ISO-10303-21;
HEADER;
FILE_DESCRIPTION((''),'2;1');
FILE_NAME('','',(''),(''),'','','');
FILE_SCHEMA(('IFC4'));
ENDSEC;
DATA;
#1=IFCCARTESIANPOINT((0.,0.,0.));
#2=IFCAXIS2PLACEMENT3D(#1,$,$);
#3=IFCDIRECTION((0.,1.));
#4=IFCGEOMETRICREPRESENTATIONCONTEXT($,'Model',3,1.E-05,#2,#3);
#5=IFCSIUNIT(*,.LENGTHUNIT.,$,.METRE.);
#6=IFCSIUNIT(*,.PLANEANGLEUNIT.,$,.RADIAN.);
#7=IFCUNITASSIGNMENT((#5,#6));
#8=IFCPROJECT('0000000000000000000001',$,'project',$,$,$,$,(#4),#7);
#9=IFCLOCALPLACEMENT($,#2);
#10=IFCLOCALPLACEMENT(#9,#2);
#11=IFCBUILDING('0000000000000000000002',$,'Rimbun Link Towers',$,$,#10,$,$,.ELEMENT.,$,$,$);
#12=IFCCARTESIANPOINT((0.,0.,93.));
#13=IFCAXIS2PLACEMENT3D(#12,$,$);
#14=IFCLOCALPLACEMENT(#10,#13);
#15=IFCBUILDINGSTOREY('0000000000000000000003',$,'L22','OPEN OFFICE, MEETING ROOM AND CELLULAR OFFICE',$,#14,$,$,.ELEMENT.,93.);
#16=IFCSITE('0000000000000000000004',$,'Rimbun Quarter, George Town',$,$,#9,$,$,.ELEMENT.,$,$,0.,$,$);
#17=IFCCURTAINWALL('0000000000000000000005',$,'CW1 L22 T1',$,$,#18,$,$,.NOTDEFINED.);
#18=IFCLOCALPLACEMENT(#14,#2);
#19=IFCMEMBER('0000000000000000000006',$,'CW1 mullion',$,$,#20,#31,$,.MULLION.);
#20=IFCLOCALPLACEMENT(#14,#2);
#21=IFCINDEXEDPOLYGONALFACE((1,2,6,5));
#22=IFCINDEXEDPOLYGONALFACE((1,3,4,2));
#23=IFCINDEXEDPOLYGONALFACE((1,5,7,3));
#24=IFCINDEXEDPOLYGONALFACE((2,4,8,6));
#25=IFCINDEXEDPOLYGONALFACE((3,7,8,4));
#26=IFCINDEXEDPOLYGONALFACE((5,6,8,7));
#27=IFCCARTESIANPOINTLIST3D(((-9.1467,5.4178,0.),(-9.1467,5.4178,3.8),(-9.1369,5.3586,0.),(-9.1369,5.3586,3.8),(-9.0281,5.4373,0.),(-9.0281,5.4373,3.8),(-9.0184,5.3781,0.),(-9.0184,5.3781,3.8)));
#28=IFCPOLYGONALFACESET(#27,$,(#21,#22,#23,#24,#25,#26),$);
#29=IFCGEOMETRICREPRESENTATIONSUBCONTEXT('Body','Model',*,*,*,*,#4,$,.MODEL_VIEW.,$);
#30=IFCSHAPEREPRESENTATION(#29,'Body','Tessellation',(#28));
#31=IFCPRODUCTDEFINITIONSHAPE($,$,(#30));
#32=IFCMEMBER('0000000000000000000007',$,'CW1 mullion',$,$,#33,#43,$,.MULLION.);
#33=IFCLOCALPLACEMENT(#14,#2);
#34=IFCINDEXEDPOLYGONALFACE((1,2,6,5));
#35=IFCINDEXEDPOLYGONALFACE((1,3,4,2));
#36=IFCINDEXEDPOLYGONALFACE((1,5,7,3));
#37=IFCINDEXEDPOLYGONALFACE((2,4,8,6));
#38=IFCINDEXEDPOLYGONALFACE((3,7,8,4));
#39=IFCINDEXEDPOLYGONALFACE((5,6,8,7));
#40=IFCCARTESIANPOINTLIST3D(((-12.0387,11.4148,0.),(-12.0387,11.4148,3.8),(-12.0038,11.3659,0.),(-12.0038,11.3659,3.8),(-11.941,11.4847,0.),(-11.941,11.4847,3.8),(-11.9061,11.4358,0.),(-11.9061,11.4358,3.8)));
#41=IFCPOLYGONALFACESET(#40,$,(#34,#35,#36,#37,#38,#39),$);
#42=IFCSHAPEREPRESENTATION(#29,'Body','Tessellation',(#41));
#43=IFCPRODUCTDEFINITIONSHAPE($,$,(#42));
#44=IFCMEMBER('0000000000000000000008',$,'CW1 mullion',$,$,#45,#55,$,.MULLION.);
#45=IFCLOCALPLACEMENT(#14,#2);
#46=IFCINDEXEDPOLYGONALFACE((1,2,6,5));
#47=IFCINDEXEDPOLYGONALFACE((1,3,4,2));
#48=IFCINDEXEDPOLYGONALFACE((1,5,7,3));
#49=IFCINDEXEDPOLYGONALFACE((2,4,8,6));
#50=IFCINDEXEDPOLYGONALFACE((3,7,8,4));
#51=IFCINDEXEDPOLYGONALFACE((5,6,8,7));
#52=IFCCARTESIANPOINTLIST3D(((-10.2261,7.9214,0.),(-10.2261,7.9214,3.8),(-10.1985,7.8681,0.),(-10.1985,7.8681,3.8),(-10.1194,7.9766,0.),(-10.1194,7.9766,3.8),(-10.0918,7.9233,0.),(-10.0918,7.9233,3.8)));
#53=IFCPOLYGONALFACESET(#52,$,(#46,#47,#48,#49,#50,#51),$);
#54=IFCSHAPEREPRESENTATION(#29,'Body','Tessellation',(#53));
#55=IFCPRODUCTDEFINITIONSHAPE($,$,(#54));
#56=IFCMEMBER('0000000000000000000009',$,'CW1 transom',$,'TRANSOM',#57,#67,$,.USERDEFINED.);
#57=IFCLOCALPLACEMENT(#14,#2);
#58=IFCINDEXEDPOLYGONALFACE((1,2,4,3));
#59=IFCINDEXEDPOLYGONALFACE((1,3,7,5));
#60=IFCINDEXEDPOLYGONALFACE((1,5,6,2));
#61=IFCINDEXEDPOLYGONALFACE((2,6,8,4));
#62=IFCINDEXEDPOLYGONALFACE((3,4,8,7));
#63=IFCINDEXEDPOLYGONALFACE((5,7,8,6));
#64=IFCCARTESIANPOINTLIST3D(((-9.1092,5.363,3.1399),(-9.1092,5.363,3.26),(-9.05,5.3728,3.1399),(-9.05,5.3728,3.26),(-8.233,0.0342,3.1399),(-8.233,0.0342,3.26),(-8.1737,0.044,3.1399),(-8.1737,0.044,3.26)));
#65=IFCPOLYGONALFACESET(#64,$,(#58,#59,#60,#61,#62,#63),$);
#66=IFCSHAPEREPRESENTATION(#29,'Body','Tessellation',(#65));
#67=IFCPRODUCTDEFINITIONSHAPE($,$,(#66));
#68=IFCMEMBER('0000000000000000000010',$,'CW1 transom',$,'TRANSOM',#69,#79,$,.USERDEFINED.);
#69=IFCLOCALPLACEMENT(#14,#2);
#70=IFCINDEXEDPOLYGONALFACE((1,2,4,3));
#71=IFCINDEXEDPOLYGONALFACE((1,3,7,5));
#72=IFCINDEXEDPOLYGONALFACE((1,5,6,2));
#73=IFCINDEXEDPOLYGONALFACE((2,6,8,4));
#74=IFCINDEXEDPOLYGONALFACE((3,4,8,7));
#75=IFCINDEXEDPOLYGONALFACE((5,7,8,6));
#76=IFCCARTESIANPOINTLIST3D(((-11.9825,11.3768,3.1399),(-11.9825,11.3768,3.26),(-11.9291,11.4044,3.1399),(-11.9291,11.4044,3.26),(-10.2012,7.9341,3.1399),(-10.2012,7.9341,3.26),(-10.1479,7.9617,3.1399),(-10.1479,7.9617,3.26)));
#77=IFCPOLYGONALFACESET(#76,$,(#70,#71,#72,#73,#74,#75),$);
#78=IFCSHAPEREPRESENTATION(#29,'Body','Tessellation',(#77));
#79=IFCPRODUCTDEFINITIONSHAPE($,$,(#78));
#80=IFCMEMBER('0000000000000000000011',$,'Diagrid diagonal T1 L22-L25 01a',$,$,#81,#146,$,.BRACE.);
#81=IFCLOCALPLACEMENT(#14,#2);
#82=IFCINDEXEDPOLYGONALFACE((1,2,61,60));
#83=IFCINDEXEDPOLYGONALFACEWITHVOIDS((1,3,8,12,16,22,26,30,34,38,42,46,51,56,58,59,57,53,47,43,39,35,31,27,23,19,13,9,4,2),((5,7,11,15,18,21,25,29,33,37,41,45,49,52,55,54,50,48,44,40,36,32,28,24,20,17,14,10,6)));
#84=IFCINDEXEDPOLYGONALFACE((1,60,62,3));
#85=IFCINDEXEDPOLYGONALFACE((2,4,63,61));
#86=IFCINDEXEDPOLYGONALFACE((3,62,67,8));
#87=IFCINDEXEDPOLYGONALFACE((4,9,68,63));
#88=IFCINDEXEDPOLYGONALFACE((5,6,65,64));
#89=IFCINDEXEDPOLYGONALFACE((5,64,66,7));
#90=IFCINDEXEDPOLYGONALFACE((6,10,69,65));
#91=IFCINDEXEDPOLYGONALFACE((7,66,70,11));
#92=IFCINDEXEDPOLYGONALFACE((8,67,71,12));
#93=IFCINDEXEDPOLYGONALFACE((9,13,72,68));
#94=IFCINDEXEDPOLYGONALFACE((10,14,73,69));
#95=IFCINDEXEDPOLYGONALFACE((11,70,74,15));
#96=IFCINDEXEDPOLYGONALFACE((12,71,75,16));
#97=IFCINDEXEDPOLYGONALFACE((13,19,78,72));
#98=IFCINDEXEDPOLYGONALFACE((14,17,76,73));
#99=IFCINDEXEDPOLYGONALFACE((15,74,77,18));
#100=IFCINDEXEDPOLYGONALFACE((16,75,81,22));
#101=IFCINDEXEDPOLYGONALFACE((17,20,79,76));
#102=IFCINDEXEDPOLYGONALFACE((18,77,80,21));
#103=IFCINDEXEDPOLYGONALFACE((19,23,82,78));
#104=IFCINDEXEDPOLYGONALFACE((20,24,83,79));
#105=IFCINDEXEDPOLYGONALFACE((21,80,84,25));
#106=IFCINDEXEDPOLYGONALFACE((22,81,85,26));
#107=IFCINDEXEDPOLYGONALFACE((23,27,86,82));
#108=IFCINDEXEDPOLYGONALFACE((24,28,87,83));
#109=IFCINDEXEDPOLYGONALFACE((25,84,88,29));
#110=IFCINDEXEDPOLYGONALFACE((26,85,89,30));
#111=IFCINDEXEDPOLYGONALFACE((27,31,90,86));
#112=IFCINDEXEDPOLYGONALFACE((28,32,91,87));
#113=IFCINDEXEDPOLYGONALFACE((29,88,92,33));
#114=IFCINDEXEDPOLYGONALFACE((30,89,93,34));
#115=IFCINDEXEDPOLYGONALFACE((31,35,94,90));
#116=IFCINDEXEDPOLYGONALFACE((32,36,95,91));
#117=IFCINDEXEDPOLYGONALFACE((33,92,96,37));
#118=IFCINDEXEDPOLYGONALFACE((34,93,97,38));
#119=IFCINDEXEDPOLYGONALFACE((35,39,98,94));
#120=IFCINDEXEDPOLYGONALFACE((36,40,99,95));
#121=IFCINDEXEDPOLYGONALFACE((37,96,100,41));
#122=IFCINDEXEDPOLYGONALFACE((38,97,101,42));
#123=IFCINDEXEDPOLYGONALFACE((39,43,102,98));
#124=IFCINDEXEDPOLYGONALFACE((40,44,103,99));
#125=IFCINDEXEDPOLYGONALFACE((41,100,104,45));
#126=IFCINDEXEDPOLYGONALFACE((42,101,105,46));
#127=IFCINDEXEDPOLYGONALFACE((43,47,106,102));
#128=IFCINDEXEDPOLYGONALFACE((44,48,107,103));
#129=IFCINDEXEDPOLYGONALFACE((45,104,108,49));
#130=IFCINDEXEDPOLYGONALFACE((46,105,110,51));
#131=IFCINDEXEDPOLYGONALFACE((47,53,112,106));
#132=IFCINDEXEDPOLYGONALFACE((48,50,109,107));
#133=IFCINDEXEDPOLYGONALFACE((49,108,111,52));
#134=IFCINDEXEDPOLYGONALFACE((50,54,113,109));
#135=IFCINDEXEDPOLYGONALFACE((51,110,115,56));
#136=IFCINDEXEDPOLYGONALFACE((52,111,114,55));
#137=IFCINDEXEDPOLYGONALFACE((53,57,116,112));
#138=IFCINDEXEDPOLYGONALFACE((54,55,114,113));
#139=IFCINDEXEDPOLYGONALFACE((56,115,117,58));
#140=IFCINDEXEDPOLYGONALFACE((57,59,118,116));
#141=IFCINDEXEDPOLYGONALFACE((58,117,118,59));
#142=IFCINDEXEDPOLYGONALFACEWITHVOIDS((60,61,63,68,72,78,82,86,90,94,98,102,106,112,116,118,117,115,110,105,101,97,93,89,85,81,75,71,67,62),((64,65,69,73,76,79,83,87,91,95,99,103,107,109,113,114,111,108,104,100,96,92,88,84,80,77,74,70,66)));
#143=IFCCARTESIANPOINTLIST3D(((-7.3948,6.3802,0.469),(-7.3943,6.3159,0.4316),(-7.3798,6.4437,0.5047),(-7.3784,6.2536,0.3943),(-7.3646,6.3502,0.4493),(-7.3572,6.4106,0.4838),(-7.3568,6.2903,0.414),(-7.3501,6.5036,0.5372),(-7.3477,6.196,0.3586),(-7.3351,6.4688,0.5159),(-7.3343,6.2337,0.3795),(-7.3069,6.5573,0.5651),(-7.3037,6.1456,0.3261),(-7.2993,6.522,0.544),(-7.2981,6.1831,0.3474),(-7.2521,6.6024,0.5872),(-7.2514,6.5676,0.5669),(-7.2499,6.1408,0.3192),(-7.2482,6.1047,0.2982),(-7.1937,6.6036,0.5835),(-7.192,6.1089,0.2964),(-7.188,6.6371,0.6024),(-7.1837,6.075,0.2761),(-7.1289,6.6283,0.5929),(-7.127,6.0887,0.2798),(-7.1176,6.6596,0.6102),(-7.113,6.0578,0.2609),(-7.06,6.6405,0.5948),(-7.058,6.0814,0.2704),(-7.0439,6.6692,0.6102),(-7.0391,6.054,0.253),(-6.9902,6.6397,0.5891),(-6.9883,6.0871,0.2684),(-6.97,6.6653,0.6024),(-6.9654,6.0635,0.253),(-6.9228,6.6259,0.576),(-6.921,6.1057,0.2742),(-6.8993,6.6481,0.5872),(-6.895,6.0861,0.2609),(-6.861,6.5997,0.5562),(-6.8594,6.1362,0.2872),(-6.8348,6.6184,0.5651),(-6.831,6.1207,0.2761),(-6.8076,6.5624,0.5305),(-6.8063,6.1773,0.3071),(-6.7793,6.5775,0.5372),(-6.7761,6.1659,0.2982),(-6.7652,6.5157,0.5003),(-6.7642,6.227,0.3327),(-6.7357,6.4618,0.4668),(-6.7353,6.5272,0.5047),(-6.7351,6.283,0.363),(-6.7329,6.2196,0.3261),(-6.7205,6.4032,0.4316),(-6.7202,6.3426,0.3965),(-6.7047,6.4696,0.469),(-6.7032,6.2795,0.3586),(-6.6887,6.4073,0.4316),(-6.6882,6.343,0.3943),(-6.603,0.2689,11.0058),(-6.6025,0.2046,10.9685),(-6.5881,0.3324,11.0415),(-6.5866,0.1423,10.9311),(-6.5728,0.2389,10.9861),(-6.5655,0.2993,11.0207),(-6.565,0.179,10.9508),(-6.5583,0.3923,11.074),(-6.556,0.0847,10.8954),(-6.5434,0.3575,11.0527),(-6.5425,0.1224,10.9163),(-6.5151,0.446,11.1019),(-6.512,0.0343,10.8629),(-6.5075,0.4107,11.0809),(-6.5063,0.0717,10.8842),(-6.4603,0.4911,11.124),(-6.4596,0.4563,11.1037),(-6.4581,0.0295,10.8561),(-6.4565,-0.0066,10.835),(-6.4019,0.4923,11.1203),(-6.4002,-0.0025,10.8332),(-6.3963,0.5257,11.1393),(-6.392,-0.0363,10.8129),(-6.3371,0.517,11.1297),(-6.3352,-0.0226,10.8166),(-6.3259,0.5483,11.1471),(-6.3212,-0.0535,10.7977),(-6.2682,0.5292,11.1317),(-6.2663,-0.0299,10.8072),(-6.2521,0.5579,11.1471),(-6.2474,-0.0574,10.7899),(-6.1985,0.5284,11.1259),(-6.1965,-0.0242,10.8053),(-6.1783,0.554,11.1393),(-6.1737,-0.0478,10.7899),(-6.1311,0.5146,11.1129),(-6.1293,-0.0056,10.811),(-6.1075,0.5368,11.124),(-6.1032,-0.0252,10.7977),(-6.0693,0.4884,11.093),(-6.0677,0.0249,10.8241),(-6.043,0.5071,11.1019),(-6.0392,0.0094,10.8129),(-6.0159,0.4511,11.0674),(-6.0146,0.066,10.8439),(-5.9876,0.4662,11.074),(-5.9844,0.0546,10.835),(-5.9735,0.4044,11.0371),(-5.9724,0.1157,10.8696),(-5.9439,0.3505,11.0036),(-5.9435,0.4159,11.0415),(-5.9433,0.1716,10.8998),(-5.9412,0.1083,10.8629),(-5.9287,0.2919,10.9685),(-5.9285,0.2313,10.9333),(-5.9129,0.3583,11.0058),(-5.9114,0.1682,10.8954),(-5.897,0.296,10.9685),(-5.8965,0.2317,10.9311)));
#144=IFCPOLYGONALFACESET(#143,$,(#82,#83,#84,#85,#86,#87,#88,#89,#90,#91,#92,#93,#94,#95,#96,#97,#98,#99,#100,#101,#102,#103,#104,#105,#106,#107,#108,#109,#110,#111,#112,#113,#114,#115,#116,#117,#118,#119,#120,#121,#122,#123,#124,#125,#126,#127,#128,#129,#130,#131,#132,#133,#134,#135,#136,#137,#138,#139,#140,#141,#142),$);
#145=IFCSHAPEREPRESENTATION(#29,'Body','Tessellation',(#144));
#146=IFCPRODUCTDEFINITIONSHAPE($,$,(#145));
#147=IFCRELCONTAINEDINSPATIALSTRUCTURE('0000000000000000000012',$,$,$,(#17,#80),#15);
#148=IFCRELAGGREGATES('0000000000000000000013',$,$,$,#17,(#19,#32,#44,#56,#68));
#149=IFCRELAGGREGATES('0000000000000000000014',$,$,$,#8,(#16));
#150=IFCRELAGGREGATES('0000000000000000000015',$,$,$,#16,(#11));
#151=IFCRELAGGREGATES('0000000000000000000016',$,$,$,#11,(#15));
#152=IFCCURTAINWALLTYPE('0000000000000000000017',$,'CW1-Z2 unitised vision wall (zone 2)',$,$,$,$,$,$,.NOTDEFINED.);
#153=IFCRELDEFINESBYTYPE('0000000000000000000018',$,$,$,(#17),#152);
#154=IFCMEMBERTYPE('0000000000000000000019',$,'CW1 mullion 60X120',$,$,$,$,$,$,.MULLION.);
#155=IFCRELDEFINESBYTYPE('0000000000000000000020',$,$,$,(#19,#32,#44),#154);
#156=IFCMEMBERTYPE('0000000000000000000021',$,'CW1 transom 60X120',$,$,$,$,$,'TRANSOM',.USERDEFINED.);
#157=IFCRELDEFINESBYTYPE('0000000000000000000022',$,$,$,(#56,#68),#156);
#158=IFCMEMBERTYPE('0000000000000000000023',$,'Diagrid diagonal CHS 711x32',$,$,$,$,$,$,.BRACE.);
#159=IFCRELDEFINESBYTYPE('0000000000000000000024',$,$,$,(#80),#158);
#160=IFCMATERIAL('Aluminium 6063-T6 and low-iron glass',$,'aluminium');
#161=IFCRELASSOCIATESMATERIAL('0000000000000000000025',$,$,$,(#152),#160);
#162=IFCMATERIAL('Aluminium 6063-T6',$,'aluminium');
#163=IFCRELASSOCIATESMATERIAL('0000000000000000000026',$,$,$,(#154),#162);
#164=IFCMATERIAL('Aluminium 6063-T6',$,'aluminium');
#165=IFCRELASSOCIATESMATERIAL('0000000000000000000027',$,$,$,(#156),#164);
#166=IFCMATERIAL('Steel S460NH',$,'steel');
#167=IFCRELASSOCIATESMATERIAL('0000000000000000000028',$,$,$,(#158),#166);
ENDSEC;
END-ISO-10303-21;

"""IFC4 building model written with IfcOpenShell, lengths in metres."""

from ifc_helpers import new_model, si_unit, direction, frame, origin, origin_2d, place, context, subcontext, project, spatial, rectangle, hollow_circle, extrude, material, material_profile, profile_set, type_object, element, aggregate, save


model = new_model("IFC4")

# Units and contexts
model_context = context("Model", 3, precision=1e-05, world=origin(), true_north=direction((0.0, 1.0)))
body_context = subcontext(model_context, "Body", "Model", "MODEL_VIEW")
ifc_project = project(units=[si_unit("LENGTHUNIT", "METRE"), si_unit("PLANEANGLEUNIT", "RADIAN")], contexts=[model_context])

# Site, building, storey
site_placement = place(None, origin())
site = spatial("IfcSite", under=ifc_project, at=site_placement, Name="Rimbun Quarter, George Town", CompositionType="ELEMENT", RefElevation=0.0)
building_placement = place(site_placement, origin())
building = spatial("IfcBuilding", under=site, at=building_placement, Name="Rimbun Link Towers", CompositionType="ELEMENT")
storey_placement = place(building_placement, frame((0.0, 0.0, 93.0)))
storey = spatial("IfcBuildingStorey", under=building, at=storey_placement, Name="L22", Description="OPEN OFFICE, MEETING ROOM AND CELLULAR OFFICE", CompositionType="ELEMENT", Elevation=93.0)

# Curtain wall, members
ifc_material_1 = material(Name="Aluminium 6063-T6 and low-iron glass", Category="aluminium")
curtain_wall_type = type_object("IfcCurtainWallType", Name="CW1-Z2 unitised vision wall (zone 2)", PredefinedType="NOTDEFINED", material=ifc_material_1)
curtain_wall_placement = place(storey_placement, origin())
curtain_wall = element("IfcCurtainWall", 1, at=curtain_wall_placement, inside=storey, type_object=curtain_wall_type, Name="CW1 L22 T1", PredefinedType="NOTDEFINED")
ifc_material_2 = material(Name="Aluminium 6063-T6", Category="aluminium")
ifc_material_profile_1 = material_profile(ifc_material_2, rectangle(XDim=0.1201, YDim=0.0601, at=origin_2d()), Name="MULLION 60X120")
ifc_profile_set_1 = profile_set([ifc_material_profile_1], Name="Aluminium 6063-T6")
member_type_1 = type_object("IfcMemberType", Name="CW1 mullion 60X120", PredefinedType="MULLION", material=ifc_profile_set_1)
member_1_placement = place(storey_placement, frame((-9.0825, 5.3979, 0.0), z_axis=(0.0, 0.0, 1.0), x_axis=(0.986748, 0.16226, 0.0)))
member_1 = element("IfcMember", 2, at=member_1_placement, type_object=member_type_1, Name="CW1 mullion", PredefinedType="MULLION", context=body_context, shape_type="SweptSolid", body=[
    extrude(rectangle(XDim=0.1201, YDim=0.0601, at=origin_2d()), origin(), (0.0, 0.0, 1.0), 3.8),
])
member_2_placement = place(storey_placement, frame((-11.9724, 11.4253, 0.0), z_axis=(0.0, 0.0, 1.0), x_axis=(0.813351, 0.581773, 0.0)))
member_2 = element("IfcMember", 3, at=member_2_placement, type_object=member_type_1, Name="CW1 mullion", PredefinedType="MULLION", context=body_context, shape_type="SweptSolid", body=[
    extrude(rectangle(XDim=0.1201, YDim=0.0601, at=origin_2d()), origin(), (0.0, 0.0, 1.0), 3.8),
])
member_3_placement = place(storey_placement, frame((-10.1589, 7.9224, 0.0), z_axis=(0.0, 0.0, 1.0), x_axis=(0.888149, 0.459556, 0.0)))
member_3 = element("IfcMember", 4, at=member_3_placement, type_object=member_type_1, Name="CW1 mullion", PredefinedType="MULLION", context=body_context, shape_type="SweptSolid", body=[
    extrude(rectangle(XDim=0.1201, YDim=0.0601, at=origin_2d()), origin(), (0.0, 0.0, 1.0), 3.8),
])
ifc_material_3 = material(Name="Aluminium 6063-T6", Category="aluminium")
ifc_material_profile_2 = material_profile(ifc_material_3, rectangle(XDim=0.0601, YDim=0.1201, at=origin_2d()), Name="TRANSOM 60X120")
ifc_profile_set_2 = profile_set([ifc_material_profile_2], Name="Aluminium 6063-T6")
member_type_2 = type_object("IfcMemberType", Name="CW1 transom 60X120", ElementType="TRANSOM", PredefinedType="USERDEFINED", material=ifc_profile_set_2)
member_4_placement = place(storey_placement, frame((-9.0796, 5.3679, 3.2), z_axis=(0.162251, -0.98675, 0.0), x_axis=(0.98675, 0.162251, 0.0)))
member_4 = element("IfcMember", 5, at=member_4_placement, type_object=member_type_2, Name="CW1 transom", ObjectType="TRANSOM", PredefinedType="USERDEFINED", context=body_context, shape_type="SweptSolid", body=[
    extrude(rectangle(XDim=0.0601, YDim=0.1201, at=origin_2d()), origin(), (0.0, 0.0, 1.0), 5.4004),
])
member_5_placement = place(storey_placement, frame((-11.9558, 11.3906, 3.2), z_axis=(0.459541, -0.888156, 0.0), x_axis=(0.888156, 0.459541, 0.0)))
member_5 = element("IfcMember", 6, at=member_5_placement, type_object=member_type_2, Name="CW1 transom", ObjectType="TRANSOM", PredefinedType="USERDEFINED", context=body_context, shape_type="SweptSolid", body=[
    extrude(rectangle(XDim=0.0601, YDim=0.1201, at=origin_2d()), origin(), (0.0, 0.0, 1.0), 3.8762),
])

# Member
ifc_material_4 = material(Name="Steel S460NH", Category="steel")
ifc_material_profile_3 = material_profile(ifc_material_4, hollow_circle(Radius=0.3557, WallThickness=0.032, at=origin_2d()), Name="Diagrid diagonal CHS 711x32")
ifc_profile_set_3 = profile_set([ifc_material_profile_3], Name="Steel S460NH")
member_type_3 = type_object("IfcMemberType", Name="Diagrid diagonal CHS 711x32", PredefinedType="BRACE", material=ifc_profile_set_3)
member_6_placement = place(storey_placement, frame((-7.0415, 6.3616, 0.4316), z_axis=(0.064862, -0.500658, 0.863212), x_axis=(0.991712, 0.12848, 0.0)))
element("IfcMember", 7, at=member_6_placement, inside=storey, type_object=member_type_3, Name="Diagrid diagonal T1 L22-L25 01a", PredefinedType="BRACE", context=body_context, shape_type="SweptSolid", body=[
    extrude(hollow_circle(Radius=0.3557, WallThickness=0.032, at=origin_2d()), origin(), (0.0, 0.0, 1.0), 12.2065),
])

aggregate(curtain_wall, [member_1, member_2, member_3, member_4, member_5])

save(model, "model.ifc")
